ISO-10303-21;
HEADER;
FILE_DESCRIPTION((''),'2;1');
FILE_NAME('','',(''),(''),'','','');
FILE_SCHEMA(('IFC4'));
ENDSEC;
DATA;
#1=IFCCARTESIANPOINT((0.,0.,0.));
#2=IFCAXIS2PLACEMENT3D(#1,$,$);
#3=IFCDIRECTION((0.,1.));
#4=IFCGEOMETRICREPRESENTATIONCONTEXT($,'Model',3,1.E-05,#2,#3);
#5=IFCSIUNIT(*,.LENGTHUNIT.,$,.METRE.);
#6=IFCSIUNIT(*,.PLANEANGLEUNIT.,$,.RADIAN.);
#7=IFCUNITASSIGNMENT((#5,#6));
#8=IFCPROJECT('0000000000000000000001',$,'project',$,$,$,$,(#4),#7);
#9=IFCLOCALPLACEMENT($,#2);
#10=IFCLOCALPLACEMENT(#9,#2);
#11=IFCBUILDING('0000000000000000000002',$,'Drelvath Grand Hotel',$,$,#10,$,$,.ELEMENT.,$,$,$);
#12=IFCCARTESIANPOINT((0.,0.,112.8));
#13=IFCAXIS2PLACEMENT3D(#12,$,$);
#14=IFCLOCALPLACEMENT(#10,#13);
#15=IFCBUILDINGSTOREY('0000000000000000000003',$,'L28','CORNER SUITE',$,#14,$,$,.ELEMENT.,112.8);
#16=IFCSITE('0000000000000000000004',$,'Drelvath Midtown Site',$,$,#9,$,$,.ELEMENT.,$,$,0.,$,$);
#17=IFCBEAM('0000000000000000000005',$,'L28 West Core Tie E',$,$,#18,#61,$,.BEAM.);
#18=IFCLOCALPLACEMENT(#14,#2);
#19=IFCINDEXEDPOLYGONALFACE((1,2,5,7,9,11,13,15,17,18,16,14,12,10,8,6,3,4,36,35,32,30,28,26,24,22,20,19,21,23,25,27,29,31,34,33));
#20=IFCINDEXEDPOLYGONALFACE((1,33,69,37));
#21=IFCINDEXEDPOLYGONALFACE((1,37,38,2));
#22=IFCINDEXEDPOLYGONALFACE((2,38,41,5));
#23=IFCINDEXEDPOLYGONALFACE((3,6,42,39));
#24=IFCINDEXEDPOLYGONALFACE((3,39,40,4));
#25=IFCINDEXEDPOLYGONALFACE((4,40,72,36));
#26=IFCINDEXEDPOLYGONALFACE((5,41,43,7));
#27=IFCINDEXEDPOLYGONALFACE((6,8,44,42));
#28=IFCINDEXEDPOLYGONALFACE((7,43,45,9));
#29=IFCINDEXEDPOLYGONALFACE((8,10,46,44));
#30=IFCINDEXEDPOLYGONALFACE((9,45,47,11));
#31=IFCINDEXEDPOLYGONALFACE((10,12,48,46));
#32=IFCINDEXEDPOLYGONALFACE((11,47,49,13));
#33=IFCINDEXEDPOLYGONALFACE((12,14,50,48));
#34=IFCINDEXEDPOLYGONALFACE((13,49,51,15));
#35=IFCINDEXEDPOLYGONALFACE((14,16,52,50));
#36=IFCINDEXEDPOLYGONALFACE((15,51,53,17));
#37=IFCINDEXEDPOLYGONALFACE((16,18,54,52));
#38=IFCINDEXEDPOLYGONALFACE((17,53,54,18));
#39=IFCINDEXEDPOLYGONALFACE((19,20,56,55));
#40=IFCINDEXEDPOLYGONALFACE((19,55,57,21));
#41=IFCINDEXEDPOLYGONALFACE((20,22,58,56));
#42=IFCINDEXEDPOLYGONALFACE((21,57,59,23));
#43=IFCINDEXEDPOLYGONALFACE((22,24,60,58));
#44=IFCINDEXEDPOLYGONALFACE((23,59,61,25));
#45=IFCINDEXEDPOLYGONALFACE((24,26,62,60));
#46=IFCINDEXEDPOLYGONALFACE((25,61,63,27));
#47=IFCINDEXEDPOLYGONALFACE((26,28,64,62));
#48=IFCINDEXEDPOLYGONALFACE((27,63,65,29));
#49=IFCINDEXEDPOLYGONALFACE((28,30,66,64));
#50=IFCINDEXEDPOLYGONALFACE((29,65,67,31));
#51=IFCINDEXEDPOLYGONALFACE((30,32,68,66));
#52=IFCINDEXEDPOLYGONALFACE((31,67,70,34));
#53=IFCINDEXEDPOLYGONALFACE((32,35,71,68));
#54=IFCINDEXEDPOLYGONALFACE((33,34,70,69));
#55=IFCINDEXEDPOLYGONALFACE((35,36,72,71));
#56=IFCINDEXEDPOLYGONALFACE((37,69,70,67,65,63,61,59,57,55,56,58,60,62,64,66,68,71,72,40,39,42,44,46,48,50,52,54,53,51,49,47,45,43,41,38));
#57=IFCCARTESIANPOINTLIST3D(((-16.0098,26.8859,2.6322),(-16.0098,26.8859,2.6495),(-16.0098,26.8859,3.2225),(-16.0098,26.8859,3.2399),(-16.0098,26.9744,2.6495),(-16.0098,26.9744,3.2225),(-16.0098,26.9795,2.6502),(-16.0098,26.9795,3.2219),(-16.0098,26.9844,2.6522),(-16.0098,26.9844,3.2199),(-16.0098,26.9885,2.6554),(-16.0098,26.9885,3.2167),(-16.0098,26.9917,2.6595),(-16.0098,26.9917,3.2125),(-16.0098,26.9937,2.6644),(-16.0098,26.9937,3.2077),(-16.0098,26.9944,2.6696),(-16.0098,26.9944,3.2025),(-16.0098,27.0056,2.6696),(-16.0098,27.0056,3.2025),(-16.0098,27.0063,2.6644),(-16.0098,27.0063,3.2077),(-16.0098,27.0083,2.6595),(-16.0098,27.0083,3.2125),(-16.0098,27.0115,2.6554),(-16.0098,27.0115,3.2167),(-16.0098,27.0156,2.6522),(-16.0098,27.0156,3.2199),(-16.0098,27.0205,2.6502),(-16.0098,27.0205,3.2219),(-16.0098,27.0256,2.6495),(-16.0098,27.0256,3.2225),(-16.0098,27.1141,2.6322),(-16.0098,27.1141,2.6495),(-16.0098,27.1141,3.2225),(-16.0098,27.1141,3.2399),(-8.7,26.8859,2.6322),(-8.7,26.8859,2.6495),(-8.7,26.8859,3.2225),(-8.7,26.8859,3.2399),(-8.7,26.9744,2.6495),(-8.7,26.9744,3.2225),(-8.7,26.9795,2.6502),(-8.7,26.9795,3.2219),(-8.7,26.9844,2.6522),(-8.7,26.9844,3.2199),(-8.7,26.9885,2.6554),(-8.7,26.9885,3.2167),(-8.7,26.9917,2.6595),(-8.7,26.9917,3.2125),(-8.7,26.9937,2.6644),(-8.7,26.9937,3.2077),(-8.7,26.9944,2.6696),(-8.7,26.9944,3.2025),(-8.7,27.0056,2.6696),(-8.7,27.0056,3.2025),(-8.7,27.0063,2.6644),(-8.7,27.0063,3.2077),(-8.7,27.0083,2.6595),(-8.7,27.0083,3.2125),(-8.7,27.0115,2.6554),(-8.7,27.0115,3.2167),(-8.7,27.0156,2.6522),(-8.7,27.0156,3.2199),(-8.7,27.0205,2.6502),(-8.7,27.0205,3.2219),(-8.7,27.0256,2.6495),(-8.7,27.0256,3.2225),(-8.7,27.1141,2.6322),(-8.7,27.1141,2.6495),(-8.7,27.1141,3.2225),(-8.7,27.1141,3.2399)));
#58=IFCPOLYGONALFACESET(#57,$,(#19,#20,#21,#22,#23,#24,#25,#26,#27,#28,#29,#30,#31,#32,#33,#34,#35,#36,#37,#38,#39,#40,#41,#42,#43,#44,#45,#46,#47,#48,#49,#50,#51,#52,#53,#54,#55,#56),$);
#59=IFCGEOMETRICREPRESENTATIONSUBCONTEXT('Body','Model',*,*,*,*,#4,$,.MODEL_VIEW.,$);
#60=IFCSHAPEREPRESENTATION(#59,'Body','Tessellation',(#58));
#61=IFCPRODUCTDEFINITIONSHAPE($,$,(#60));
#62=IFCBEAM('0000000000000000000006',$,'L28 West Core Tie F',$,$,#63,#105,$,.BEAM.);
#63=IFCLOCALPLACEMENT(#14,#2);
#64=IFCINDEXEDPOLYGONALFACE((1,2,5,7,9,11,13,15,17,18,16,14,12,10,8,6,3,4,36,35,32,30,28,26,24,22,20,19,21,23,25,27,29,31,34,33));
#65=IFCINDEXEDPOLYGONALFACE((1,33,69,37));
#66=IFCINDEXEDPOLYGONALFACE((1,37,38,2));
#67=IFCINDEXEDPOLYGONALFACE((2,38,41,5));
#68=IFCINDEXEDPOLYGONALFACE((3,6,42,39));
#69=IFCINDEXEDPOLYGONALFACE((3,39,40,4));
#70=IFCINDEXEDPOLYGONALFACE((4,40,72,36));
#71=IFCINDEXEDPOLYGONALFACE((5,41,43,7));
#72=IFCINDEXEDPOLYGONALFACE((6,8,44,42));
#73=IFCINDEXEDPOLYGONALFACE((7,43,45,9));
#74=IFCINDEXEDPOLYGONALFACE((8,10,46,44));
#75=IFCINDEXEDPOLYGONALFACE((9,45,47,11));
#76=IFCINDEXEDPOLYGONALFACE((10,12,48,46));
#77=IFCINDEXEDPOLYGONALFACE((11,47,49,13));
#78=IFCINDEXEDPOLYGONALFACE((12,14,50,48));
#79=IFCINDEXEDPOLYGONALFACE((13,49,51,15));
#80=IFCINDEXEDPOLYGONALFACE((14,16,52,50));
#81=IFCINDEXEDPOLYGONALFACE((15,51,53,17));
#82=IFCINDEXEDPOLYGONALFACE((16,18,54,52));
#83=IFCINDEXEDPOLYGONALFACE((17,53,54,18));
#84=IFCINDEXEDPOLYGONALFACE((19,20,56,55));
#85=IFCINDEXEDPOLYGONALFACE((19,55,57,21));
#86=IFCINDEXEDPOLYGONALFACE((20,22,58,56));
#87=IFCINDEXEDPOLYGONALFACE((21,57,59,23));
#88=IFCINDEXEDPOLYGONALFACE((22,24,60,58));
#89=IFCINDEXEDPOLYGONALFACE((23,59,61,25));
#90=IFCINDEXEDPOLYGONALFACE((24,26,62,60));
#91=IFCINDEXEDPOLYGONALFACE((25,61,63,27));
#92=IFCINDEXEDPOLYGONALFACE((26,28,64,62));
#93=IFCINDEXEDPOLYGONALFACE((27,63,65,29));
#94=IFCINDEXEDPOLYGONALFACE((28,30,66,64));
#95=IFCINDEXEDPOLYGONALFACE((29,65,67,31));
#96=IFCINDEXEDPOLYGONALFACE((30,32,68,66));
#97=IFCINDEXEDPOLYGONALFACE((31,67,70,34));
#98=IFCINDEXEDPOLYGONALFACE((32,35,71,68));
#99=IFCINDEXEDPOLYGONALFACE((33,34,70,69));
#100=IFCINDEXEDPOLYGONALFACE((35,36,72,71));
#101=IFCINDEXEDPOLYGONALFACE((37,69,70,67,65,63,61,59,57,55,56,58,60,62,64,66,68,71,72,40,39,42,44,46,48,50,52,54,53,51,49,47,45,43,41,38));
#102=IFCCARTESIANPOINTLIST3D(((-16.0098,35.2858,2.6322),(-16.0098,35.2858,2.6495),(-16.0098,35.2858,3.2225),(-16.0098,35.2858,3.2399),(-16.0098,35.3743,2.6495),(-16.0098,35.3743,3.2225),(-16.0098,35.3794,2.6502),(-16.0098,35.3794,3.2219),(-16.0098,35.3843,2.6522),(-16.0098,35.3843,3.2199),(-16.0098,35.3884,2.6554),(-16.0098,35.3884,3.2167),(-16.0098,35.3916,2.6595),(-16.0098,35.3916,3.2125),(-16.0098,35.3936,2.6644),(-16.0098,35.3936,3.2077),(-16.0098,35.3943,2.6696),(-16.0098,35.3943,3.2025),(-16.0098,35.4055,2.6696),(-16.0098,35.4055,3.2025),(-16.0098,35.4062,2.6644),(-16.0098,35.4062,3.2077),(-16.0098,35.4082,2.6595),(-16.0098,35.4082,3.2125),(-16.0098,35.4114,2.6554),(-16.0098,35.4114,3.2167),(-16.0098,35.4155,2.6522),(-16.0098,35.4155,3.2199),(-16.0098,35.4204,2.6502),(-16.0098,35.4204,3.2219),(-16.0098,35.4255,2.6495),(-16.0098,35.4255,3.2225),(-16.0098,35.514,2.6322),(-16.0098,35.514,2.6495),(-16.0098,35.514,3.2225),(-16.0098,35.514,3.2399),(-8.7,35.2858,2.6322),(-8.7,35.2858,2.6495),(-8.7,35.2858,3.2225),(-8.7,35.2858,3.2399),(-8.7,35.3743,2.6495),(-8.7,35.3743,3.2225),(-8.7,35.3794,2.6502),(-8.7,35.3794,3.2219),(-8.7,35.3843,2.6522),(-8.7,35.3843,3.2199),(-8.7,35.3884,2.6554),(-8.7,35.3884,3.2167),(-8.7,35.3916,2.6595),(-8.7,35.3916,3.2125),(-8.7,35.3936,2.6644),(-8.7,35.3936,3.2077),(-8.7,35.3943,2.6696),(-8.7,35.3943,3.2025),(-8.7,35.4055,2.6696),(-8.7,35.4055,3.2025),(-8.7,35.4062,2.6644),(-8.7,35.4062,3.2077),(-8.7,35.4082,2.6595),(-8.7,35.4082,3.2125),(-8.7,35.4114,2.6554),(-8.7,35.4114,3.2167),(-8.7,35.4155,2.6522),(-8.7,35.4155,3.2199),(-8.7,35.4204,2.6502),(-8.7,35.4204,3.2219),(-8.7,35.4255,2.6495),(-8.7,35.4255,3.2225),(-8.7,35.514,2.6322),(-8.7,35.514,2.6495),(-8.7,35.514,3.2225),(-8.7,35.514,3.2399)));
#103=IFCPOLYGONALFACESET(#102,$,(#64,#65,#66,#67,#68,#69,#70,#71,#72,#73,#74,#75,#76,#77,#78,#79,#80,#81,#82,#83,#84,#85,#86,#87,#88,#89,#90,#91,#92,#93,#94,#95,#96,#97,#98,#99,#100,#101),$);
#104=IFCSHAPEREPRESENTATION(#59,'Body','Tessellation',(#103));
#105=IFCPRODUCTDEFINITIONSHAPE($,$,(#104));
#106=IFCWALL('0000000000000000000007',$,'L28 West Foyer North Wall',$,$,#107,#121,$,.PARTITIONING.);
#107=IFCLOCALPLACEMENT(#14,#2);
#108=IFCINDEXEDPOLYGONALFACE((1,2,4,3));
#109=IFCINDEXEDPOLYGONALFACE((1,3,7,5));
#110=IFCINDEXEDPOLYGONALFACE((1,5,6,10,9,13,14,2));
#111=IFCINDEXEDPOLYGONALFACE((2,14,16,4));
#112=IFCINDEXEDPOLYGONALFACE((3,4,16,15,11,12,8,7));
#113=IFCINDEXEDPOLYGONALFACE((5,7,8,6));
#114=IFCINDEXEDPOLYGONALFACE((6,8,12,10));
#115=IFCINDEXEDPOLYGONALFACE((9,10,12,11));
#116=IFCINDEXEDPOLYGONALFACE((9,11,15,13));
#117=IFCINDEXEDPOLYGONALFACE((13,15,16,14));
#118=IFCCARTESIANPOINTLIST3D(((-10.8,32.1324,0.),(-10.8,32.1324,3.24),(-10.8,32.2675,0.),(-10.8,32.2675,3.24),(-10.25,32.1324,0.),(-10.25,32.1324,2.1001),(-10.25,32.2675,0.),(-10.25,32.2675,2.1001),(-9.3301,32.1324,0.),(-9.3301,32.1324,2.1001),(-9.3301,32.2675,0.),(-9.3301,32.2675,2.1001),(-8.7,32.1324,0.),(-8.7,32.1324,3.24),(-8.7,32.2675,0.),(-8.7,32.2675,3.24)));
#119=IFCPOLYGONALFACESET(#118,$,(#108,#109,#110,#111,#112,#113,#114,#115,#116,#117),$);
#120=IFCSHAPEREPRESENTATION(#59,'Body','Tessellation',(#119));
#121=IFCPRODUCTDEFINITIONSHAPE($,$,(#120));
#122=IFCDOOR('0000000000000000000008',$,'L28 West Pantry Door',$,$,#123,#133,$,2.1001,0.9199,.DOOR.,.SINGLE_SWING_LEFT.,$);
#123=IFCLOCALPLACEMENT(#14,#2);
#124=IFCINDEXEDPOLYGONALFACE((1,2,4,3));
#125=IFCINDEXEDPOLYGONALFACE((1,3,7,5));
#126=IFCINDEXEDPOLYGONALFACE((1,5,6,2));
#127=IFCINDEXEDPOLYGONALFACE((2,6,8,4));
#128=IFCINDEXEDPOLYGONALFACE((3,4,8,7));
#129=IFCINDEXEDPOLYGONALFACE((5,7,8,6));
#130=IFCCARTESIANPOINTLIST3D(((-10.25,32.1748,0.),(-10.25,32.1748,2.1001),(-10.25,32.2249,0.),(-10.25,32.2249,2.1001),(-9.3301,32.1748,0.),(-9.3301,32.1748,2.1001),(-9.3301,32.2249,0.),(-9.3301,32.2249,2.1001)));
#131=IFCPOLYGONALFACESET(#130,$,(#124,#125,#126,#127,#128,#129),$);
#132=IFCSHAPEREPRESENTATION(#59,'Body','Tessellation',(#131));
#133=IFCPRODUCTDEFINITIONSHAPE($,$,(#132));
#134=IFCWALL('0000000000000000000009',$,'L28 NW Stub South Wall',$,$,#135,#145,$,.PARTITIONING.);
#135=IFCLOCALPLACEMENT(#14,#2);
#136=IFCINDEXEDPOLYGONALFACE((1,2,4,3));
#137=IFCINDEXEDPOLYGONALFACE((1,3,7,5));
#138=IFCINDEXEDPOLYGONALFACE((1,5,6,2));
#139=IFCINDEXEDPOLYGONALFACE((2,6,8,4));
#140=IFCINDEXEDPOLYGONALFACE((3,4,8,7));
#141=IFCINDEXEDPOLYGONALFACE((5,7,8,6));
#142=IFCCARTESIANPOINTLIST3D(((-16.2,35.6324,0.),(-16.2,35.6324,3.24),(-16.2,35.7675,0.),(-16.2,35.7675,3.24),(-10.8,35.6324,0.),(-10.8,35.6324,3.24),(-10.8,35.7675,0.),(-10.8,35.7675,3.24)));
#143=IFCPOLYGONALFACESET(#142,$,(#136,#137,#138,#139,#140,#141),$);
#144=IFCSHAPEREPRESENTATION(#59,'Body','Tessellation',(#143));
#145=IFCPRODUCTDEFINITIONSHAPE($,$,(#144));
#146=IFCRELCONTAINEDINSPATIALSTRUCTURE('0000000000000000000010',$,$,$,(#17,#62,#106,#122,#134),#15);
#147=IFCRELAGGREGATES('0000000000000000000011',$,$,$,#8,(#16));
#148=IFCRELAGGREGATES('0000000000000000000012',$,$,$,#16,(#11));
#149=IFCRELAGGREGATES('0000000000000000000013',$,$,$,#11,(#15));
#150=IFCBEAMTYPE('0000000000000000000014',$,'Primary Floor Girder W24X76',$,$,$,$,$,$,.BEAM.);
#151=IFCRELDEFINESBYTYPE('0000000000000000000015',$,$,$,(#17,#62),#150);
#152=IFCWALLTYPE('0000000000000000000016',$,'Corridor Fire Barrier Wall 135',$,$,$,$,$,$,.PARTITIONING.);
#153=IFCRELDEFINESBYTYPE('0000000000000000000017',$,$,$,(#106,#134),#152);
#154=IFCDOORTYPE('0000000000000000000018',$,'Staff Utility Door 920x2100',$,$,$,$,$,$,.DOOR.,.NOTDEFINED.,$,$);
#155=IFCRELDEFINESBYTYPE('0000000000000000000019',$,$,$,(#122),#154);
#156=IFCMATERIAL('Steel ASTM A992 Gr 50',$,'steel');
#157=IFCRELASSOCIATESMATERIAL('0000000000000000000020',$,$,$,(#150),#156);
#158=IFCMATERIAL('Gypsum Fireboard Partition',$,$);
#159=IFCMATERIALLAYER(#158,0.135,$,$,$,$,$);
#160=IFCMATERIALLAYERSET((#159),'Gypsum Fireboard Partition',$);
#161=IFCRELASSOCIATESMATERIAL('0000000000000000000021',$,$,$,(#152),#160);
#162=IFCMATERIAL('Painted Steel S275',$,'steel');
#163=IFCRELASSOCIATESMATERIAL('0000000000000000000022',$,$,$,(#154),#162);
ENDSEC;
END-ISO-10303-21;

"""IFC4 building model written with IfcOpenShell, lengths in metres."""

from ifc_helpers import new_model, si_unit, direction, frame, frame_2d, origin, origin_2d, place, context, subcontext, project, spatial, rectangle, i_section, extrude, material, layer, layer_set, material_profile, profile_set, type_object, element, fill, save


model = new_model("IFC4")

# Units and contexts
model_context = context("Model", 3, precision=1e-05, world=origin(), true_north=direction((0.0, 1.0)))
body_context = subcontext(model_context, "Body", "Model", "MODEL_VIEW")
ifc_project = project(units=[si_unit("LENGTHUNIT", "METRE"), si_unit("PLANEANGLEUNIT", "RADIAN")], contexts=[model_context])

# Site, building, storey
site_placement = place(None, origin())
site = spatial("IfcSite", under=ifc_project, at=site_placement, Name="Drelvath Midtown Site", CompositionType="ELEMENT", RefElevation=0.0)
building_placement = place(site_placement, origin())
building = spatial("IfcBuilding", under=site, at=building_placement, Name="Drelvath Grand Hotel", CompositionType="ELEMENT")
storey_placement = place(building_placement, frame((0.0, 0.0, 112.8)))
storey = spatial("IfcBuildingStorey", under=building, at=storey_placement, Name="L28", Description="CORNER SUITE", CompositionType="ELEMENT", Elevation=112.8)

# Beams
ifc_material_1 = material(Name="Steel ASTM A992 Gr 50", Category="steel")
ifc_material_profile = material_profile(ifc_material_1, i_section(OverallWidth=0.2283, OverallDepth=0.6077, WebThickness=0.0112, FlangeThickness=0.0173, FilletRadius=0.02, at=origin_2d()), Name="W24X76")
ifc_profile_set = profile_set([ifc_material_profile], Name="Steel ASTM A992 Gr 50")
beam_type = type_object("IfcBeamType", Name="Primary Floor Girder W24X76", PredefinedType="BEAM", material=ifc_profile_set)
for number, where, z_axis, x_axis, name in (
    (1, (-16.0098, 27.0, 2.936), (1.0, 0.0, 0.0), (0.0, 1.0, 0.0), "L28 West Core Tie E"),
    (2, (-16.0098, 35.3999, 2.936), (1.0, 0.0, 0.0), (0.0, 1.0, 0.0), "L28 West Core Tie F"),
):
    element("IfcBeam", number, at=place(storey_placement, frame(where, z_axis=z_axis, x_axis=x_axis)), inside=storey, type_object=beam_type, Name=name, PredefinedType="BEAM", context=body_context, shape_type="SweptSolid", body=[
        extrude(i_section(OverallWidth=0.2283, OverallDepth=0.6077, WebThickness=0.0112, FlangeThickness=0.0173, FilletRadius=0.02, at=origin_2d()), origin(), (0.0, 0.0, 1.0), 7.3098),
    ])

# Wall, opening, door
ifc_material_2 = material(Name="Gypsum Fireboard Partition")
ifc_layer_1 = layer(ifc_material_2, 0.135)
ifc_layer_set_1 = layer_set([ifc_layer_1], Name="Gypsum Fireboard Partition")
wall_type_1 = type_object("IfcWallType", Name="Corridor Fire Barrier Wall 135", PredefinedType="PARTITIONING", material=ifc_layer_set_1)
wall_1_placement = place(storey_placement, frame((-10.8, 32.2, 0.0), z_axis=(0.0, 0.0, 1.0), x_axis=(1.0, 0.0, 0.0)))
wall_1 = element("IfcWall", 3, at=wall_1_placement, inside=storey, type_object=wall_type_1, Name="L28 West Foyer North Wall", PredefinedType="PARTITIONING", context=body_context, shape_type="SweptSolid", body=[
    extrude(rectangle(XDim=2.1001, YDim=0.135, at=frame_2d((1.05, 0.0))), origin(), (0.0, 0.0, 1.0), 3.24),
])
opening_1_placement = place(wall_1_placement, frame((0.55, 0.0, 0.0)))
opening_1 = element("IfcOpeningElement", 4, at=opening_1_placement, cuts=wall_1, PredefinedType="OPENING", context=body_context, shape_type="SweptSolid", body=[
    extrude(rectangle(XDim=0.9199, YDim=2.1001, at=frame_2d((0.46, 1.05))), frame((0.0, 0.0774, 0.0), z_axis=(0.0, -1.0, 0.0), x_axis=(1.0, 0.0, 0.0)), (0.0, 0.0, 1.0), 0.155),
])
ifc_material_3 = material(Name="Painted Steel S275", Category="steel")
door_type_1 = type_object("IfcDoorType", Name="Staff Utility Door 920x2100", OperationType="NOTDEFINED", PredefinedType="DOOR", material=ifc_material_3)
door_1_placement = place(opening_1_placement, origin())
door_1 = element("IfcDoor", 5, at=door_1_placement, inside=storey, type_object=door_type_1, Name="L28 West Pantry Door", OperationType="SINGLE_SWING_LEFT", OverallHeight=2.1001, OverallWidth=0.9199, PredefinedType="DOOR", context=body_context, shape_type="SweptSolid", body=[
    extrude(rectangle(XDim=0.9199, YDim=2.1001, at=frame_2d((0.46, 1.05))), frame((0.0, 0.0249, 0.0), z_axis=(0.0, -1.0, 0.0), x_axis=(1.0, 0.0, 0.0)), (0.0, 0.0, 1.0), 0.05),
])
fill(opening_1, door_1)

# Wall
wall_2_placement = place(storey_placement, frame((-16.2, 35.7, 0.0), z_axis=(0.0, 0.0, 1.0), x_axis=(1.0, 0.0, 0.0)))
element("IfcWall", 6, at=wall_2_placement, inside=storey, type_object=wall_type_1, Name="L28 NW Stub South Wall", PredefinedType="PARTITIONING", context=body_context, shape_type="SweptSolid", body=[
    extrude(rectangle(XDim=5.3999, YDim=0.135, at=frame_2d((2.7, 0.0))), origin(), (0.0, 0.0, 1.0), 3.24),
])

save(model, "model.ifc")
